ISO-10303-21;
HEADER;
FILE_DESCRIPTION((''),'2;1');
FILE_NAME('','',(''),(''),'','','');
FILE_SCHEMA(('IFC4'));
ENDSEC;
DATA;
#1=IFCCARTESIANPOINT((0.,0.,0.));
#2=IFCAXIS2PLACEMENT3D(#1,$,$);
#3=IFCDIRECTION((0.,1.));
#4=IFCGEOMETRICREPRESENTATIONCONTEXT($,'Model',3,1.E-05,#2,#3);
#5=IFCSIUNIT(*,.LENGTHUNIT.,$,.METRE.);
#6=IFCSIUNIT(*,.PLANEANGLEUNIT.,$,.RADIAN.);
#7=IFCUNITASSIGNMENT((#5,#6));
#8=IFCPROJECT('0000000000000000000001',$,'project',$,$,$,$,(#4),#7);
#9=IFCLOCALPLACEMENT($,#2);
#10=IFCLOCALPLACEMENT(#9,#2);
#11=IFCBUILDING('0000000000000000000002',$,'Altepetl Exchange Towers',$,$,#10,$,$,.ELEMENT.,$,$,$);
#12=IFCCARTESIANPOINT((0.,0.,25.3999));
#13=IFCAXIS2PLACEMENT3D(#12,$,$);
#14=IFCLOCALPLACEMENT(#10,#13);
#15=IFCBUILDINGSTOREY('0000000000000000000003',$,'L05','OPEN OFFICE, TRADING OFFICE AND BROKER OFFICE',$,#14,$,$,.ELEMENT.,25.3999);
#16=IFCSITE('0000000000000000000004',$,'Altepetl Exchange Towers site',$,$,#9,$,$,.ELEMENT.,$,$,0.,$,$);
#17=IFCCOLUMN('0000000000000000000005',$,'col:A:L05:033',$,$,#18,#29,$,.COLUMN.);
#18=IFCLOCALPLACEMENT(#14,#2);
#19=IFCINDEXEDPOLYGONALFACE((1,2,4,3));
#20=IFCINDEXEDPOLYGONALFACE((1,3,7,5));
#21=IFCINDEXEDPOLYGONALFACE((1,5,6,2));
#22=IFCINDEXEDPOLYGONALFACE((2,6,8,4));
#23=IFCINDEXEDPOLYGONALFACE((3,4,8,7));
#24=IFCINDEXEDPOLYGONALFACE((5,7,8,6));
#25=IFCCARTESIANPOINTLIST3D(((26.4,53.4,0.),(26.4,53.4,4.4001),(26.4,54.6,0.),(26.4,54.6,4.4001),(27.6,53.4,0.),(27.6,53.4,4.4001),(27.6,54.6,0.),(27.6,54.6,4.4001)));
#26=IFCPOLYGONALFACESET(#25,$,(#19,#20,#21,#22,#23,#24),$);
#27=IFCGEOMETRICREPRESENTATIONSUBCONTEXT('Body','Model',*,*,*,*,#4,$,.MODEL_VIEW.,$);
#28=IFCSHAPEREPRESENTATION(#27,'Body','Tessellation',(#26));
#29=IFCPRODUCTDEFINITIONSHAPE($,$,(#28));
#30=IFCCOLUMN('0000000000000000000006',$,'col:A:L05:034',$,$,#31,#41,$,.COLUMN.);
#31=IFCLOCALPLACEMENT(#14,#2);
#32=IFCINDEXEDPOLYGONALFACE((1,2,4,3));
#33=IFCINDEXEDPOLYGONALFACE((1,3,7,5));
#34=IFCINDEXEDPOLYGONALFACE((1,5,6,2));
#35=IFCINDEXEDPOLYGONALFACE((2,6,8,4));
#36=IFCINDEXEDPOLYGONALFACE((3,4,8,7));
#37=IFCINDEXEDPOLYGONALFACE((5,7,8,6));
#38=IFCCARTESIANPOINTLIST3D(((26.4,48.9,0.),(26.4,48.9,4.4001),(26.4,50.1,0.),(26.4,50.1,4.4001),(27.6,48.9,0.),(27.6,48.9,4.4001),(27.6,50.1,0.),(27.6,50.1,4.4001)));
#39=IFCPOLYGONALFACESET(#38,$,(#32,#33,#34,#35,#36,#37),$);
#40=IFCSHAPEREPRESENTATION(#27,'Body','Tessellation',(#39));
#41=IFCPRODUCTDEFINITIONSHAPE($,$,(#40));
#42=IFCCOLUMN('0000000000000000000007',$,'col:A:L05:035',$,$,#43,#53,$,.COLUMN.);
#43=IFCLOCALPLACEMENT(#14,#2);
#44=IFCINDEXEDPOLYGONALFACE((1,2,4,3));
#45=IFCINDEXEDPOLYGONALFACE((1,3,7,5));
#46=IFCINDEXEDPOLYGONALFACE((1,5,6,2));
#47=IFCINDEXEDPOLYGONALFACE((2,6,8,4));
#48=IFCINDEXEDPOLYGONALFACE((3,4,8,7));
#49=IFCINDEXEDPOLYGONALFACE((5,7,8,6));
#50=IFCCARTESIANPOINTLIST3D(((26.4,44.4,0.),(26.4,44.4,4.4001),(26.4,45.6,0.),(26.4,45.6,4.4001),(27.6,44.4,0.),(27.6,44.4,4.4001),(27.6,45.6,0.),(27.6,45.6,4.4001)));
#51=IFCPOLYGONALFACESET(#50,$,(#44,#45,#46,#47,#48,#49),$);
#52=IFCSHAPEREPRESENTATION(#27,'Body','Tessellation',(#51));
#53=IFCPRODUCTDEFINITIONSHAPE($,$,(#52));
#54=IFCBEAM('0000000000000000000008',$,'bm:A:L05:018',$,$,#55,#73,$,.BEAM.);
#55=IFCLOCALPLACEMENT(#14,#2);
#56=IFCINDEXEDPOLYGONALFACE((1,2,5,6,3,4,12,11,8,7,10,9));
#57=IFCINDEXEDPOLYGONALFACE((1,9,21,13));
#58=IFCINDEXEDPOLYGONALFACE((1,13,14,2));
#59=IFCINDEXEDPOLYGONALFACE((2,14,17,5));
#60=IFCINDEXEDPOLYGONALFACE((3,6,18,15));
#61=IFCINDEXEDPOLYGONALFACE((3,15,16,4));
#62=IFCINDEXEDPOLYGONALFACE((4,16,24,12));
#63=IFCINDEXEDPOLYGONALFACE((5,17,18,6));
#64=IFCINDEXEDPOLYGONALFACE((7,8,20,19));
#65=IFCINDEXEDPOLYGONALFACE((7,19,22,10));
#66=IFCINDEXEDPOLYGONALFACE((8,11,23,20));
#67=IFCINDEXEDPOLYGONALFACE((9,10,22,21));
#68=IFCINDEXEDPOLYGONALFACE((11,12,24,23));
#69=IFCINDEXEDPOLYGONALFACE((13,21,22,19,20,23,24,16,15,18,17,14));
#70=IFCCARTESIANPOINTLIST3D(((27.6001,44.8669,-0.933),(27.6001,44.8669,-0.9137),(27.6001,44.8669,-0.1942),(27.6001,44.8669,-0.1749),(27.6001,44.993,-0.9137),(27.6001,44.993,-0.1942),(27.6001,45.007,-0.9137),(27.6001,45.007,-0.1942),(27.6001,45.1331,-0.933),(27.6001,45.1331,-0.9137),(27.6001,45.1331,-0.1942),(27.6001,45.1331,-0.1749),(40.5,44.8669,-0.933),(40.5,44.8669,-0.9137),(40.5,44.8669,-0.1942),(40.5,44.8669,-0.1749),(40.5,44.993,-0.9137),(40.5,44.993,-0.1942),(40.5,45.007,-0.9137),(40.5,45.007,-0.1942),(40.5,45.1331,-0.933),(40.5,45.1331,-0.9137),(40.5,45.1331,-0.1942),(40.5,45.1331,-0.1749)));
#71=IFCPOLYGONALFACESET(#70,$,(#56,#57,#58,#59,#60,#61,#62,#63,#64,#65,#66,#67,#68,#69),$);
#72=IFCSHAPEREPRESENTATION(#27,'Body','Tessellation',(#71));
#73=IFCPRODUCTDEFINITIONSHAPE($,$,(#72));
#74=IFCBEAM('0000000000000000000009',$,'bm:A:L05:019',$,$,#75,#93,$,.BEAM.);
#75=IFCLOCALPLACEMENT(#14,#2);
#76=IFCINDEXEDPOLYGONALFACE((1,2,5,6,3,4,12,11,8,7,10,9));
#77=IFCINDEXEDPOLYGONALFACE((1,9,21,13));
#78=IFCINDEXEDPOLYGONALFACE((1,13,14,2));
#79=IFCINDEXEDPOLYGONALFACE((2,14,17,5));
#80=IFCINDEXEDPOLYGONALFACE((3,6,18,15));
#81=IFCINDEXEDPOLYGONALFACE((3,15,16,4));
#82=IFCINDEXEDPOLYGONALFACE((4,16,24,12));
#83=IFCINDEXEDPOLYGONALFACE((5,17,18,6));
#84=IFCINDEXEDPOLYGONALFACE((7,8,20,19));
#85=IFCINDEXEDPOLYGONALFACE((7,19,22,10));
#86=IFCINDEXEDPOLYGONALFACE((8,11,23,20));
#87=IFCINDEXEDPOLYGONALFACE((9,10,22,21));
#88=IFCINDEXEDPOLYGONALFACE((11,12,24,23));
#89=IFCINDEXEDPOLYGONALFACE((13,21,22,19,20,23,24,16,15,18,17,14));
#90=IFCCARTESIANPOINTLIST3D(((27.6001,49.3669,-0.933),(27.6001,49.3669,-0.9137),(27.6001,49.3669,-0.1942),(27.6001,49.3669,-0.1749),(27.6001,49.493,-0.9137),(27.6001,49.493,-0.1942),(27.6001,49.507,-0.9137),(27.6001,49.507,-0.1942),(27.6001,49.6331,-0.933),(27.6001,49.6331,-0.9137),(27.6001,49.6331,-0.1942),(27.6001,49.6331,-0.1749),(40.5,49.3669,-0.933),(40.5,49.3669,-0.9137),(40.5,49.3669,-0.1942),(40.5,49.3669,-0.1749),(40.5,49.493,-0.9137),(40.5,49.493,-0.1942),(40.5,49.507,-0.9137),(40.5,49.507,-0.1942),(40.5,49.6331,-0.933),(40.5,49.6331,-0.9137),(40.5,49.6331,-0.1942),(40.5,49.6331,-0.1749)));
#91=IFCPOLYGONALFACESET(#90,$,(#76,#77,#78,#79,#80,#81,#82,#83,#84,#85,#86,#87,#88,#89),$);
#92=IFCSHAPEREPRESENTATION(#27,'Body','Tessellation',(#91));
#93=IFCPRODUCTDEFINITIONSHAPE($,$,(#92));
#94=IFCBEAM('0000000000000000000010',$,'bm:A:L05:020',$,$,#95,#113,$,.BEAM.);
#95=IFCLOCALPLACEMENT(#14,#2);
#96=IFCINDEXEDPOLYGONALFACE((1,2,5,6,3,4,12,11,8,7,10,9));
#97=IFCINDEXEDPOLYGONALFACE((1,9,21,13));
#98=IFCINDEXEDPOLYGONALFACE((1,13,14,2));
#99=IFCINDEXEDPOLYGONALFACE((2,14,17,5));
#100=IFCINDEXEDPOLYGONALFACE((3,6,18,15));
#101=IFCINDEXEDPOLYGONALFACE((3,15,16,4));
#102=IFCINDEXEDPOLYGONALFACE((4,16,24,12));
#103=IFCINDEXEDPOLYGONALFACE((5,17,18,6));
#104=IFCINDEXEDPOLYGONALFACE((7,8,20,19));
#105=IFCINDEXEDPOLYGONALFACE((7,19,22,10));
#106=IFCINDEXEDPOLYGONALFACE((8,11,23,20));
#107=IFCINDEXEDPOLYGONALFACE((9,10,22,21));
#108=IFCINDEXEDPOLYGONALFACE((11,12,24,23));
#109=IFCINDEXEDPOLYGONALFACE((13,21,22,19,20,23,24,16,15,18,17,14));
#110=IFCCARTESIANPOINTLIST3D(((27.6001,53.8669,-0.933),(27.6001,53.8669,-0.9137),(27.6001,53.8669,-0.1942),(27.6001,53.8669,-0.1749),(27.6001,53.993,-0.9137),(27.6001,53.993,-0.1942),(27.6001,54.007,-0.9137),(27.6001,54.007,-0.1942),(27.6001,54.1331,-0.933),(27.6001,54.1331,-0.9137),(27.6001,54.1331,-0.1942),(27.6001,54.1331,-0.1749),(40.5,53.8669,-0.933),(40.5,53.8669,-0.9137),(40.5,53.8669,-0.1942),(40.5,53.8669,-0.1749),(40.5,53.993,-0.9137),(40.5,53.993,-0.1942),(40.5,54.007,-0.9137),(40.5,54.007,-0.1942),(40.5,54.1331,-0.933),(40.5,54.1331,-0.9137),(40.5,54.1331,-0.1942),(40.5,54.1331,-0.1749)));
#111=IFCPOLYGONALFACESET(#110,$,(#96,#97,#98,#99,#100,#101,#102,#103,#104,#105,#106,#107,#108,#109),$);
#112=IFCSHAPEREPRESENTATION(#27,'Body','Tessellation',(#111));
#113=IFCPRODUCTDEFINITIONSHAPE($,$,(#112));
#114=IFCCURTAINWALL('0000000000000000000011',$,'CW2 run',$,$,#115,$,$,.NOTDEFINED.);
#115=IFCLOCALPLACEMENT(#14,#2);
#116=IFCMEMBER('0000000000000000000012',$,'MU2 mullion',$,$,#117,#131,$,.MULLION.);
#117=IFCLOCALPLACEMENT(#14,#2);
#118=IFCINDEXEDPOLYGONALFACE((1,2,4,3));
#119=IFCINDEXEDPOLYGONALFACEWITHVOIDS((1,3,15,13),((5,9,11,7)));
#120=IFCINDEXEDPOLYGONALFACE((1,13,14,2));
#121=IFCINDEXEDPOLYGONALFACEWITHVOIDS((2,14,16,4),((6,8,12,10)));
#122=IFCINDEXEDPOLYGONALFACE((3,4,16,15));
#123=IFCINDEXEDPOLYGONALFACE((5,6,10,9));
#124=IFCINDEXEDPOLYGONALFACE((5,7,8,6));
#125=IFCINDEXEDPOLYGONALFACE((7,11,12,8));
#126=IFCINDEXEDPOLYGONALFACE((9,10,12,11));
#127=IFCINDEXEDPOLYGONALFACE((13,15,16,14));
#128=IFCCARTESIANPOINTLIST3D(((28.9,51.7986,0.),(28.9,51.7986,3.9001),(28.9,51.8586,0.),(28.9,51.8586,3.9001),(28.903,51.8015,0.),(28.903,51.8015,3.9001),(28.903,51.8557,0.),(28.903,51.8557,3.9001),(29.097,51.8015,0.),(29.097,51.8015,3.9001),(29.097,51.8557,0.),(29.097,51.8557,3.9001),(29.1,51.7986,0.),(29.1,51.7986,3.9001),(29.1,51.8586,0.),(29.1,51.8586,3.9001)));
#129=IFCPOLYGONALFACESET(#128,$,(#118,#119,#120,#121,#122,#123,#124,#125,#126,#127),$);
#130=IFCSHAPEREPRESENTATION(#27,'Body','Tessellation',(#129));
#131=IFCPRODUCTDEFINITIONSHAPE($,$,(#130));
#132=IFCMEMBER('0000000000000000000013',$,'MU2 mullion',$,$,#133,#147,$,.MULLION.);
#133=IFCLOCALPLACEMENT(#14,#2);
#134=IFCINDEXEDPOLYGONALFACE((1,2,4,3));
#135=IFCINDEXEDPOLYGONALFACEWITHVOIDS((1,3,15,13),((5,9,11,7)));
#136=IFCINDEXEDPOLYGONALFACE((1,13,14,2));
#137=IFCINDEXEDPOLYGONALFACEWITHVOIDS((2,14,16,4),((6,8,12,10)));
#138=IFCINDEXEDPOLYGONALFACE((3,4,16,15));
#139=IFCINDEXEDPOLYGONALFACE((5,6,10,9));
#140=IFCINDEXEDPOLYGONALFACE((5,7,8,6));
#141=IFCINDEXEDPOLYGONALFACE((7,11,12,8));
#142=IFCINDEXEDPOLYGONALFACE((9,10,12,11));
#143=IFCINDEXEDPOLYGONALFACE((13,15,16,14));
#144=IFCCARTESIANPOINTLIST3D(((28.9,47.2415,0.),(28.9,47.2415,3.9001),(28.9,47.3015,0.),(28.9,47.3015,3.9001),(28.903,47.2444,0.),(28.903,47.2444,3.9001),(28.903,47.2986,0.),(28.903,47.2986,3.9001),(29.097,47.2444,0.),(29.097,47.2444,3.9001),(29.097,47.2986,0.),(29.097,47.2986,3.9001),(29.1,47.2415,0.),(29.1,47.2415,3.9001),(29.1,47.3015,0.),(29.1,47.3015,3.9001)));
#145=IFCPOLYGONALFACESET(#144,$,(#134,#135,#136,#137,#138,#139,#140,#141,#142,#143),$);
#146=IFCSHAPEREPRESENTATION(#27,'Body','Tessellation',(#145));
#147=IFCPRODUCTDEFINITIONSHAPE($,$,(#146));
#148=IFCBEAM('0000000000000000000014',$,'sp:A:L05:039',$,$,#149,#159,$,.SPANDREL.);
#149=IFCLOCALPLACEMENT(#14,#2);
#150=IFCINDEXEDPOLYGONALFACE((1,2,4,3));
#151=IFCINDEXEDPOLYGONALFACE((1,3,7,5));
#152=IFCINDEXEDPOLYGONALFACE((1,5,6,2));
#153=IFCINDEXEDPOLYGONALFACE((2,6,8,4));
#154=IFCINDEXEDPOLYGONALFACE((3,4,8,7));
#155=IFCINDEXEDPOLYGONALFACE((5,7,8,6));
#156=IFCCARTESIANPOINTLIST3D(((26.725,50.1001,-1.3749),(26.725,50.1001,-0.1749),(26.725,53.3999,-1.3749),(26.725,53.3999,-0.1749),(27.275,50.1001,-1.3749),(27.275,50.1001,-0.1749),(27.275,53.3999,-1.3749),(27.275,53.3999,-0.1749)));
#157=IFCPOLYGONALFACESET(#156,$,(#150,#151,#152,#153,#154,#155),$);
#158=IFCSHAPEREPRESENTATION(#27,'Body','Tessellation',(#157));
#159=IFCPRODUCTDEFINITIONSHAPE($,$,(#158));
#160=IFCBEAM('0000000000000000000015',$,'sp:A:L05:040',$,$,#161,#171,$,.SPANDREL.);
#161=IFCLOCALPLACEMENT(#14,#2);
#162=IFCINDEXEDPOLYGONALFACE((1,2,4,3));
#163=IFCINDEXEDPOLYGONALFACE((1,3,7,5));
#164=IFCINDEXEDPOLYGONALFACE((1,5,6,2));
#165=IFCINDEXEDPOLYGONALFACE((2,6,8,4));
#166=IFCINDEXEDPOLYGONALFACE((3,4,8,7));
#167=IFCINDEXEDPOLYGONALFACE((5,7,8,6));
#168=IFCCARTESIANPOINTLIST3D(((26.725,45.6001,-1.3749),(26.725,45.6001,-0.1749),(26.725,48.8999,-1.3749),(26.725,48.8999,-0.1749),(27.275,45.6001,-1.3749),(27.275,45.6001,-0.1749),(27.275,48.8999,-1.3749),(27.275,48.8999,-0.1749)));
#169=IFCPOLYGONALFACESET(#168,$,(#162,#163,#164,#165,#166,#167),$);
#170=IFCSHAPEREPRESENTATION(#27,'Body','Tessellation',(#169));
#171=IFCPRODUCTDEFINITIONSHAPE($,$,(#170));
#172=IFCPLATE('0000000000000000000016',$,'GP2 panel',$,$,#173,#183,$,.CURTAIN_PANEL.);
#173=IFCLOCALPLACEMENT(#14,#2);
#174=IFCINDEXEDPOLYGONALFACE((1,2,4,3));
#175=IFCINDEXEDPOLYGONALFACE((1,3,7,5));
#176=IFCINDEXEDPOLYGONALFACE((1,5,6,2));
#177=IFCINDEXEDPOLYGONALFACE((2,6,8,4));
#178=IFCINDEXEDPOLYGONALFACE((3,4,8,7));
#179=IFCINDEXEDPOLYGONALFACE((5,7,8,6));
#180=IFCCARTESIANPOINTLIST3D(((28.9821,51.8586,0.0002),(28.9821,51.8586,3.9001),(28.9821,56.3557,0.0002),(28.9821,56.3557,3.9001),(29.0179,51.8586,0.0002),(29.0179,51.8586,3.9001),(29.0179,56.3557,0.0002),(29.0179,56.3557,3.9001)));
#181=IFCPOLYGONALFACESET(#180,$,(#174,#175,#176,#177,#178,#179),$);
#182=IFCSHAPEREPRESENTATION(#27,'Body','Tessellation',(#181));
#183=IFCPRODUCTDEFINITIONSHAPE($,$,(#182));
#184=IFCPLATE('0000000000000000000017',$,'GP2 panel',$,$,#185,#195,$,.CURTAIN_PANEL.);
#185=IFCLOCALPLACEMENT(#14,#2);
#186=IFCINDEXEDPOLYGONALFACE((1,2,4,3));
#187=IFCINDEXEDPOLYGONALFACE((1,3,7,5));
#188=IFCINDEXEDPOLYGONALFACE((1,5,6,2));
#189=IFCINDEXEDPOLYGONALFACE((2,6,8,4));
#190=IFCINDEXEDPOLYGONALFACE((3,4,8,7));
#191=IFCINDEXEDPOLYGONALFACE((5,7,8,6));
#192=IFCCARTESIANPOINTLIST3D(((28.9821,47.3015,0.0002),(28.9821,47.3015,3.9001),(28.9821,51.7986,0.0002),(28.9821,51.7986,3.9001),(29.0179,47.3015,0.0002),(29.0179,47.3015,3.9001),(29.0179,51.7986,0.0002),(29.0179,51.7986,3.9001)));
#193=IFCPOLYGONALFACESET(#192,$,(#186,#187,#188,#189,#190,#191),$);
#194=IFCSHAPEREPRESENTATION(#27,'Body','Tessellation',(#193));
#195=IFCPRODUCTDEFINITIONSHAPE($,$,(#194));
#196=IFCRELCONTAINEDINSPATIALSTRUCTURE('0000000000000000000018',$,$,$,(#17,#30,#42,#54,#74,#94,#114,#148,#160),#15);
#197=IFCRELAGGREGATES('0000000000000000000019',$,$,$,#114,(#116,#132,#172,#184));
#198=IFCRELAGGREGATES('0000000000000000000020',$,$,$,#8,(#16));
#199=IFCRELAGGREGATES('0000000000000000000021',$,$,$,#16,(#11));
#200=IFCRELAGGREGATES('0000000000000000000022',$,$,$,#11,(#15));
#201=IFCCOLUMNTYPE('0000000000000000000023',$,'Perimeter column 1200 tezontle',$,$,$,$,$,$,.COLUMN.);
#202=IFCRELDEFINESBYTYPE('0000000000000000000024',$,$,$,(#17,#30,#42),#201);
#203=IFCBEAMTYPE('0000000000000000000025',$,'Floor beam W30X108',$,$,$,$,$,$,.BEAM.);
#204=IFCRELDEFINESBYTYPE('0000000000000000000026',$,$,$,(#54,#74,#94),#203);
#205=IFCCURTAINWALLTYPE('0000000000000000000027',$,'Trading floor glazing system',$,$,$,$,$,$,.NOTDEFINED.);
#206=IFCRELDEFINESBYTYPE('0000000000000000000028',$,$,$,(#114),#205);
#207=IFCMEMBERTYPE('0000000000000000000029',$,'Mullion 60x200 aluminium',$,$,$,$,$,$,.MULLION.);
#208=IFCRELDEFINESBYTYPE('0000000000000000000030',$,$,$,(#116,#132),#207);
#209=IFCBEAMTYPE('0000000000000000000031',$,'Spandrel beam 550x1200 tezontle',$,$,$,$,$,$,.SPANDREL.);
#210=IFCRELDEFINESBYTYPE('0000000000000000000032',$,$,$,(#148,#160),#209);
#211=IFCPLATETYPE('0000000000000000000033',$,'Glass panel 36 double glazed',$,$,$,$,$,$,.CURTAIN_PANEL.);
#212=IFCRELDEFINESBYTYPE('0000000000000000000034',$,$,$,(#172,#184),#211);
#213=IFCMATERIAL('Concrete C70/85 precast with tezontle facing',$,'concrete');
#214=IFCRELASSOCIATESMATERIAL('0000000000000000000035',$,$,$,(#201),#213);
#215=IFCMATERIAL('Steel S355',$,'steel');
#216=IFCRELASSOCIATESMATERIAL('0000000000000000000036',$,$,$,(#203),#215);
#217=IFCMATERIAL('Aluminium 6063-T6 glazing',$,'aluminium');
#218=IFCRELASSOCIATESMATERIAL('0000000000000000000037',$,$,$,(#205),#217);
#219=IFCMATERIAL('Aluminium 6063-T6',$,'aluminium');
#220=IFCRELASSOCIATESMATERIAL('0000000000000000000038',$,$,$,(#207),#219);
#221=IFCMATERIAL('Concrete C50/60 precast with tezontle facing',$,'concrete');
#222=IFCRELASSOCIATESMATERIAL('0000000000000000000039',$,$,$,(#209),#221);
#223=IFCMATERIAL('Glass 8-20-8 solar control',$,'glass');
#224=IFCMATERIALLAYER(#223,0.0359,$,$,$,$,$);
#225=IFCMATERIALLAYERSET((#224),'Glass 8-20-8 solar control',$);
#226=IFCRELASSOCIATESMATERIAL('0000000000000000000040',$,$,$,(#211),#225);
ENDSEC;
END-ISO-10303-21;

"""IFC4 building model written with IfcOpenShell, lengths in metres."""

from ifc_helpers import new_model, si_unit, direction, frame, origin, origin_2d, place, context, subcontext, project, spatial, rectangle, hollow_rectangle, i_section, extrude, material, layer, layer_set, material_profile, profile_set, type_object, element, aggregate, save


model = new_model("IFC4")

# Units and contexts
model_context = context("Model", 3, precision=1e-05, world=origin(), true_north=direction((0.0, 1.0)))
body_context = subcontext(model_context, "Body", "Model", "MODEL_VIEW")
ifc_project = project(units=[si_unit("LENGTHUNIT", "METRE"), si_unit("PLANEANGLEUNIT", "RADIAN")], contexts=[model_context])

# Site, building, storey
site_placement = place(None, origin())
site = spatial("IfcSite", under=ifc_project, at=site_placement, Name="Altepetl Exchange Towers site", CompositionType="ELEMENT", RefElevation=0.0)
building_placement = place(site_placement, origin())
building = spatial("IfcBuilding", under=site, at=building_placement, Name="Altepetl Exchange Towers", CompositionType="ELEMENT")
storey_placement = place(building_placement, frame((0.0, 0.0, 25.3999)))
storey = spatial("IfcBuildingStorey", under=building, at=storey_placement, Name="L05", Description="OPEN OFFICE, TRADING OFFICE AND BROKER OFFICE", CompositionType="ELEMENT", Elevation=25.3999)

# Columns
ifc_material_1 = material(Name="Concrete C70/85 precast with tezontle facing", Category="concrete")
ifc_material_profile_1 = material_profile(ifc_material_1, rectangle(XDim=1.2, YDim=1.2, at=origin_2d()), Name="1200 x 1200")
ifc_profile_set_1 = profile_set([ifc_material_profile_1], Name="Concrete C70/85 precast with tezontle facing")
column_type = type_object("IfcColumnType", Name="Perimeter column 1200 tezontle", PredefinedType="COLUMN", material=ifc_profile_set_1)
for number, where, name in (
    (1, (27.0, 54.0, 0.0), "col:A:L05:033"),
    (2, (27.0, 49.5, 0.0), "col:A:L05:034"),
    (3, (27.0, 45.0, 0.0), "col:A:L05:035"),
):
    element("IfcColumn", number, at=place(storey_placement, frame(where)), inside=storey, type_object=column_type, Name=name, PredefinedType="COLUMN", context=body_context, shape_type="SweptSolid", body=[
        extrude(rectangle(XDim=1.2, YDim=1.2, at=origin_2d()), origin(), (0.0, 0.0, 1.0), 4.4001),
    ])

# Beams
ifc_material_2 = material(Name="Steel S355", Category="steel")
ifc_material_profile_2 = material_profile(ifc_material_2, i_section(OverallWidth=0.2661, OverallDepth=0.7581, WebThickness=0.0139, FlangeThickness=0.0193, at=origin_2d()), Name="W30X108")
ifc_profile_set_2 = profile_set([ifc_material_profile_2], Name="Steel S355")
beam_type_1 = type_object("IfcBeamType", Name="Floor beam W30X108", PredefinedType="BEAM", material=ifc_profile_set_2)
for number, where, z_axis, x_axis, name in (
    (4, (27.6001, 45.0, -0.554), (1.0, 0.0, 0.0), (0.0, 1.0, 0.0), "bm:A:L05:018"),
    (5, (27.6001, 49.5, -0.554), (1.0, 0.0, 0.0), (0.0, 1.0, 0.0), "bm:A:L05:019"),
    (6, (27.6001, 54.0, -0.554), (1.0, 0.0, 0.0), (0.0, 1.0, 0.0), "bm:A:L05:020"),
):
    element("IfcBeam", number, at=place(storey_placement, frame(where, z_axis=z_axis, x_axis=x_axis)), inside=storey, type_object=beam_type_1, Name=name, PredefinedType="BEAM", context=body_context, shape_type="SweptSolid", body=[
        extrude(i_section(OverallWidth=0.2661, OverallDepth=0.7581, WebThickness=0.0139, FlangeThickness=0.0193, at=origin_2d()), origin(), (0.0, 0.0, 1.0), 12.8999),
    ])

# Curtain wall, members
ifc_material_3 = material(Name="Aluminium 6063-T6 glazing", Category="aluminium")
curtain_wall_type = type_object("IfcCurtainWallType", Name="Trading floor glazing system", PredefinedType="NOTDEFINED", material=ifc_material_3)
curtain_wall_placement = place(storey_placement, origin())
curtain_wall = element("IfcCurtainWall", 7, at=curtain_wall_placement, inside=storey, type_object=curtain_wall_type, Name="CW2 run", PredefinedType="NOTDEFINED")
ifc_material_4 = material(Name="Aluminium 6063-T6", Category="aluminium")
ifc_material_profile_3 = material_profile(ifc_material_4, hollow_rectangle(XDim=0.0601, YDim=0.2, WallThickness=0.0029, at=origin_2d()), Name="Mullion 60x200 aluminium")
ifc_profile_set_3 = profile_set([ifc_material_profile_3], Name="Aluminium 6063-T6")
member_type = type_object("IfcMemberType", Name="Mullion 60x200 aluminium", PredefinedType="MULLION", material=ifc_profile_set_3)
member_1_placement = place(storey_placement, frame((29.0, 51.8286, 0.0), z_axis=(0.0, 0.0, 1.0), x_axis=(0.0, -1.0, 0.0)))
member_1 = element("IfcMember", 8, at=member_1_placement, type_object=member_type, Name="MU2 mullion", PredefinedType="MULLION", context=body_context, shape_type="SweptSolid", body=[
    extrude(hollow_rectangle(XDim=0.0601, YDim=0.2, WallThickness=0.0029, at=origin_2d()), origin(), (0.0, 0.0, 1.0), 3.9001),
])
member_2_placement = place(storey_placement, frame((29.0, 47.2715, 0.0), z_axis=(0.0, 0.0, 1.0), x_axis=(0.0, -1.0, 0.0)))
member_2 = element("IfcMember", 9, at=member_2_placement, type_object=member_type, Name="MU2 mullion", PredefinedType="MULLION", context=body_context, shape_type="SweptSolid", body=[
    extrude(hollow_rectangle(XDim=0.0601, YDim=0.2, WallThickness=0.0029, at=origin_2d()), origin(), (0.0, 0.0, 1.0), 3.9001),
])

# Beams
ifc_material_5 = material(Name="Concrete C50/60 precast with tezontle facing", Category="concrete")
ifc_material_profile_4 = material_profile(ifc_material_5, rectangle(XDim=0.55, YDim=1.2, at=origin_2d()), Name="550 x 1200")
ifc_profile_set_4 = profile_set([ifc_material_profile_4], Name="Concrete C50/60 precast with tezontle facing")
beam_type_2 = type_object("IfcBeamType", Name="Spandrel beam 550x1200 tezontle", PredefinedType="SPANDREL", material=ifc_profile_set_4)
for number, where, z_axis, x_axis, name in (
    (10, (27.0, 53.3999, -0.7749), (0.0, -1.0, 0.0), (1.0, 0.0, 0.0), "sp:A:L05:039"),
    (11, (27.0, 48.8999, -0.7749), (0.0, -1.0, 0.0), (1.0, 0.0, 0.0), "sp:A:L05:040"),
):
    element("IfcBeam", number, at=place(storey_placement, frame(where, z_axis=z_axis, x_axis=x_axis)), inside=storey, type_object=beam_type_2, Name=name, PredefinedType="SPANDREL", context=body_context, shape_type="SweptSolid", body=[
        extrude(rectangle(XDim=0.55, YDim=1.2, at=origin_2d()), origin(), (0.0, 0.0, 1.0), 3.2998),
    ])

# Plates
ifc_material_6 = material(Name="Glass 8-20-8 solar control", Category="glass")
ifc_layer_1 = layer(ifc_material_6, 0.0359)
ifc_layer_set_1 = layer_set([ifc_layer_1], Name="Glass 8-20-8 solar control")
plate_type = type_object("IfcPlateType", Name="Glass panel 36 double glazed", PredefinedType="CURTAIN_PANEL", material=ifc_layer_set_1)
plate_1_placement = place(storey_placement, frame((29.0, 54.1072, 0.0002), z_axis=(0.0, 0.0, 1.0), x_axis=(0.0, -1.0, 0.0)))
plate_1 = element("IfcPlate", 12, at=plate_1_placement, type_object=plate_type, Name="GP2 panel", PredefinedType="CURTAIN_PANEL", context=body_context, shape_type="SweptSolid", body=[
    extrude(rectangle(XDim=4.4971, YDim=0.0359, at=origin_2d()), origin(), (0.0, 0.0, 1.0), 3.8999),
])
plate_2_placement = place(storey_placement, frame((29.0, 49.55, 0.0002), z_axis=(0.0, 0.0, 1.0), x_axis=(0.0, -1.0, 0.0)))
plate_2 = element("IfcPlate", 13, at=plate_2_placement, type_object=plate_type, Name="GP2 panel", PredefinedType="CURTAIN_PANEL", context=body_context, shape_type="SweptSolid", body=[
    extrude(rectangle(XDim=4.4971, YDim=0.0359, at=origin_2d()), origin(), (0.0, 0.0, 1.0), 3.8999),
])
aggregate(curtain_wall, [member_1, member_2, plate_1, plate_2])

save(model, "model.ifc")
